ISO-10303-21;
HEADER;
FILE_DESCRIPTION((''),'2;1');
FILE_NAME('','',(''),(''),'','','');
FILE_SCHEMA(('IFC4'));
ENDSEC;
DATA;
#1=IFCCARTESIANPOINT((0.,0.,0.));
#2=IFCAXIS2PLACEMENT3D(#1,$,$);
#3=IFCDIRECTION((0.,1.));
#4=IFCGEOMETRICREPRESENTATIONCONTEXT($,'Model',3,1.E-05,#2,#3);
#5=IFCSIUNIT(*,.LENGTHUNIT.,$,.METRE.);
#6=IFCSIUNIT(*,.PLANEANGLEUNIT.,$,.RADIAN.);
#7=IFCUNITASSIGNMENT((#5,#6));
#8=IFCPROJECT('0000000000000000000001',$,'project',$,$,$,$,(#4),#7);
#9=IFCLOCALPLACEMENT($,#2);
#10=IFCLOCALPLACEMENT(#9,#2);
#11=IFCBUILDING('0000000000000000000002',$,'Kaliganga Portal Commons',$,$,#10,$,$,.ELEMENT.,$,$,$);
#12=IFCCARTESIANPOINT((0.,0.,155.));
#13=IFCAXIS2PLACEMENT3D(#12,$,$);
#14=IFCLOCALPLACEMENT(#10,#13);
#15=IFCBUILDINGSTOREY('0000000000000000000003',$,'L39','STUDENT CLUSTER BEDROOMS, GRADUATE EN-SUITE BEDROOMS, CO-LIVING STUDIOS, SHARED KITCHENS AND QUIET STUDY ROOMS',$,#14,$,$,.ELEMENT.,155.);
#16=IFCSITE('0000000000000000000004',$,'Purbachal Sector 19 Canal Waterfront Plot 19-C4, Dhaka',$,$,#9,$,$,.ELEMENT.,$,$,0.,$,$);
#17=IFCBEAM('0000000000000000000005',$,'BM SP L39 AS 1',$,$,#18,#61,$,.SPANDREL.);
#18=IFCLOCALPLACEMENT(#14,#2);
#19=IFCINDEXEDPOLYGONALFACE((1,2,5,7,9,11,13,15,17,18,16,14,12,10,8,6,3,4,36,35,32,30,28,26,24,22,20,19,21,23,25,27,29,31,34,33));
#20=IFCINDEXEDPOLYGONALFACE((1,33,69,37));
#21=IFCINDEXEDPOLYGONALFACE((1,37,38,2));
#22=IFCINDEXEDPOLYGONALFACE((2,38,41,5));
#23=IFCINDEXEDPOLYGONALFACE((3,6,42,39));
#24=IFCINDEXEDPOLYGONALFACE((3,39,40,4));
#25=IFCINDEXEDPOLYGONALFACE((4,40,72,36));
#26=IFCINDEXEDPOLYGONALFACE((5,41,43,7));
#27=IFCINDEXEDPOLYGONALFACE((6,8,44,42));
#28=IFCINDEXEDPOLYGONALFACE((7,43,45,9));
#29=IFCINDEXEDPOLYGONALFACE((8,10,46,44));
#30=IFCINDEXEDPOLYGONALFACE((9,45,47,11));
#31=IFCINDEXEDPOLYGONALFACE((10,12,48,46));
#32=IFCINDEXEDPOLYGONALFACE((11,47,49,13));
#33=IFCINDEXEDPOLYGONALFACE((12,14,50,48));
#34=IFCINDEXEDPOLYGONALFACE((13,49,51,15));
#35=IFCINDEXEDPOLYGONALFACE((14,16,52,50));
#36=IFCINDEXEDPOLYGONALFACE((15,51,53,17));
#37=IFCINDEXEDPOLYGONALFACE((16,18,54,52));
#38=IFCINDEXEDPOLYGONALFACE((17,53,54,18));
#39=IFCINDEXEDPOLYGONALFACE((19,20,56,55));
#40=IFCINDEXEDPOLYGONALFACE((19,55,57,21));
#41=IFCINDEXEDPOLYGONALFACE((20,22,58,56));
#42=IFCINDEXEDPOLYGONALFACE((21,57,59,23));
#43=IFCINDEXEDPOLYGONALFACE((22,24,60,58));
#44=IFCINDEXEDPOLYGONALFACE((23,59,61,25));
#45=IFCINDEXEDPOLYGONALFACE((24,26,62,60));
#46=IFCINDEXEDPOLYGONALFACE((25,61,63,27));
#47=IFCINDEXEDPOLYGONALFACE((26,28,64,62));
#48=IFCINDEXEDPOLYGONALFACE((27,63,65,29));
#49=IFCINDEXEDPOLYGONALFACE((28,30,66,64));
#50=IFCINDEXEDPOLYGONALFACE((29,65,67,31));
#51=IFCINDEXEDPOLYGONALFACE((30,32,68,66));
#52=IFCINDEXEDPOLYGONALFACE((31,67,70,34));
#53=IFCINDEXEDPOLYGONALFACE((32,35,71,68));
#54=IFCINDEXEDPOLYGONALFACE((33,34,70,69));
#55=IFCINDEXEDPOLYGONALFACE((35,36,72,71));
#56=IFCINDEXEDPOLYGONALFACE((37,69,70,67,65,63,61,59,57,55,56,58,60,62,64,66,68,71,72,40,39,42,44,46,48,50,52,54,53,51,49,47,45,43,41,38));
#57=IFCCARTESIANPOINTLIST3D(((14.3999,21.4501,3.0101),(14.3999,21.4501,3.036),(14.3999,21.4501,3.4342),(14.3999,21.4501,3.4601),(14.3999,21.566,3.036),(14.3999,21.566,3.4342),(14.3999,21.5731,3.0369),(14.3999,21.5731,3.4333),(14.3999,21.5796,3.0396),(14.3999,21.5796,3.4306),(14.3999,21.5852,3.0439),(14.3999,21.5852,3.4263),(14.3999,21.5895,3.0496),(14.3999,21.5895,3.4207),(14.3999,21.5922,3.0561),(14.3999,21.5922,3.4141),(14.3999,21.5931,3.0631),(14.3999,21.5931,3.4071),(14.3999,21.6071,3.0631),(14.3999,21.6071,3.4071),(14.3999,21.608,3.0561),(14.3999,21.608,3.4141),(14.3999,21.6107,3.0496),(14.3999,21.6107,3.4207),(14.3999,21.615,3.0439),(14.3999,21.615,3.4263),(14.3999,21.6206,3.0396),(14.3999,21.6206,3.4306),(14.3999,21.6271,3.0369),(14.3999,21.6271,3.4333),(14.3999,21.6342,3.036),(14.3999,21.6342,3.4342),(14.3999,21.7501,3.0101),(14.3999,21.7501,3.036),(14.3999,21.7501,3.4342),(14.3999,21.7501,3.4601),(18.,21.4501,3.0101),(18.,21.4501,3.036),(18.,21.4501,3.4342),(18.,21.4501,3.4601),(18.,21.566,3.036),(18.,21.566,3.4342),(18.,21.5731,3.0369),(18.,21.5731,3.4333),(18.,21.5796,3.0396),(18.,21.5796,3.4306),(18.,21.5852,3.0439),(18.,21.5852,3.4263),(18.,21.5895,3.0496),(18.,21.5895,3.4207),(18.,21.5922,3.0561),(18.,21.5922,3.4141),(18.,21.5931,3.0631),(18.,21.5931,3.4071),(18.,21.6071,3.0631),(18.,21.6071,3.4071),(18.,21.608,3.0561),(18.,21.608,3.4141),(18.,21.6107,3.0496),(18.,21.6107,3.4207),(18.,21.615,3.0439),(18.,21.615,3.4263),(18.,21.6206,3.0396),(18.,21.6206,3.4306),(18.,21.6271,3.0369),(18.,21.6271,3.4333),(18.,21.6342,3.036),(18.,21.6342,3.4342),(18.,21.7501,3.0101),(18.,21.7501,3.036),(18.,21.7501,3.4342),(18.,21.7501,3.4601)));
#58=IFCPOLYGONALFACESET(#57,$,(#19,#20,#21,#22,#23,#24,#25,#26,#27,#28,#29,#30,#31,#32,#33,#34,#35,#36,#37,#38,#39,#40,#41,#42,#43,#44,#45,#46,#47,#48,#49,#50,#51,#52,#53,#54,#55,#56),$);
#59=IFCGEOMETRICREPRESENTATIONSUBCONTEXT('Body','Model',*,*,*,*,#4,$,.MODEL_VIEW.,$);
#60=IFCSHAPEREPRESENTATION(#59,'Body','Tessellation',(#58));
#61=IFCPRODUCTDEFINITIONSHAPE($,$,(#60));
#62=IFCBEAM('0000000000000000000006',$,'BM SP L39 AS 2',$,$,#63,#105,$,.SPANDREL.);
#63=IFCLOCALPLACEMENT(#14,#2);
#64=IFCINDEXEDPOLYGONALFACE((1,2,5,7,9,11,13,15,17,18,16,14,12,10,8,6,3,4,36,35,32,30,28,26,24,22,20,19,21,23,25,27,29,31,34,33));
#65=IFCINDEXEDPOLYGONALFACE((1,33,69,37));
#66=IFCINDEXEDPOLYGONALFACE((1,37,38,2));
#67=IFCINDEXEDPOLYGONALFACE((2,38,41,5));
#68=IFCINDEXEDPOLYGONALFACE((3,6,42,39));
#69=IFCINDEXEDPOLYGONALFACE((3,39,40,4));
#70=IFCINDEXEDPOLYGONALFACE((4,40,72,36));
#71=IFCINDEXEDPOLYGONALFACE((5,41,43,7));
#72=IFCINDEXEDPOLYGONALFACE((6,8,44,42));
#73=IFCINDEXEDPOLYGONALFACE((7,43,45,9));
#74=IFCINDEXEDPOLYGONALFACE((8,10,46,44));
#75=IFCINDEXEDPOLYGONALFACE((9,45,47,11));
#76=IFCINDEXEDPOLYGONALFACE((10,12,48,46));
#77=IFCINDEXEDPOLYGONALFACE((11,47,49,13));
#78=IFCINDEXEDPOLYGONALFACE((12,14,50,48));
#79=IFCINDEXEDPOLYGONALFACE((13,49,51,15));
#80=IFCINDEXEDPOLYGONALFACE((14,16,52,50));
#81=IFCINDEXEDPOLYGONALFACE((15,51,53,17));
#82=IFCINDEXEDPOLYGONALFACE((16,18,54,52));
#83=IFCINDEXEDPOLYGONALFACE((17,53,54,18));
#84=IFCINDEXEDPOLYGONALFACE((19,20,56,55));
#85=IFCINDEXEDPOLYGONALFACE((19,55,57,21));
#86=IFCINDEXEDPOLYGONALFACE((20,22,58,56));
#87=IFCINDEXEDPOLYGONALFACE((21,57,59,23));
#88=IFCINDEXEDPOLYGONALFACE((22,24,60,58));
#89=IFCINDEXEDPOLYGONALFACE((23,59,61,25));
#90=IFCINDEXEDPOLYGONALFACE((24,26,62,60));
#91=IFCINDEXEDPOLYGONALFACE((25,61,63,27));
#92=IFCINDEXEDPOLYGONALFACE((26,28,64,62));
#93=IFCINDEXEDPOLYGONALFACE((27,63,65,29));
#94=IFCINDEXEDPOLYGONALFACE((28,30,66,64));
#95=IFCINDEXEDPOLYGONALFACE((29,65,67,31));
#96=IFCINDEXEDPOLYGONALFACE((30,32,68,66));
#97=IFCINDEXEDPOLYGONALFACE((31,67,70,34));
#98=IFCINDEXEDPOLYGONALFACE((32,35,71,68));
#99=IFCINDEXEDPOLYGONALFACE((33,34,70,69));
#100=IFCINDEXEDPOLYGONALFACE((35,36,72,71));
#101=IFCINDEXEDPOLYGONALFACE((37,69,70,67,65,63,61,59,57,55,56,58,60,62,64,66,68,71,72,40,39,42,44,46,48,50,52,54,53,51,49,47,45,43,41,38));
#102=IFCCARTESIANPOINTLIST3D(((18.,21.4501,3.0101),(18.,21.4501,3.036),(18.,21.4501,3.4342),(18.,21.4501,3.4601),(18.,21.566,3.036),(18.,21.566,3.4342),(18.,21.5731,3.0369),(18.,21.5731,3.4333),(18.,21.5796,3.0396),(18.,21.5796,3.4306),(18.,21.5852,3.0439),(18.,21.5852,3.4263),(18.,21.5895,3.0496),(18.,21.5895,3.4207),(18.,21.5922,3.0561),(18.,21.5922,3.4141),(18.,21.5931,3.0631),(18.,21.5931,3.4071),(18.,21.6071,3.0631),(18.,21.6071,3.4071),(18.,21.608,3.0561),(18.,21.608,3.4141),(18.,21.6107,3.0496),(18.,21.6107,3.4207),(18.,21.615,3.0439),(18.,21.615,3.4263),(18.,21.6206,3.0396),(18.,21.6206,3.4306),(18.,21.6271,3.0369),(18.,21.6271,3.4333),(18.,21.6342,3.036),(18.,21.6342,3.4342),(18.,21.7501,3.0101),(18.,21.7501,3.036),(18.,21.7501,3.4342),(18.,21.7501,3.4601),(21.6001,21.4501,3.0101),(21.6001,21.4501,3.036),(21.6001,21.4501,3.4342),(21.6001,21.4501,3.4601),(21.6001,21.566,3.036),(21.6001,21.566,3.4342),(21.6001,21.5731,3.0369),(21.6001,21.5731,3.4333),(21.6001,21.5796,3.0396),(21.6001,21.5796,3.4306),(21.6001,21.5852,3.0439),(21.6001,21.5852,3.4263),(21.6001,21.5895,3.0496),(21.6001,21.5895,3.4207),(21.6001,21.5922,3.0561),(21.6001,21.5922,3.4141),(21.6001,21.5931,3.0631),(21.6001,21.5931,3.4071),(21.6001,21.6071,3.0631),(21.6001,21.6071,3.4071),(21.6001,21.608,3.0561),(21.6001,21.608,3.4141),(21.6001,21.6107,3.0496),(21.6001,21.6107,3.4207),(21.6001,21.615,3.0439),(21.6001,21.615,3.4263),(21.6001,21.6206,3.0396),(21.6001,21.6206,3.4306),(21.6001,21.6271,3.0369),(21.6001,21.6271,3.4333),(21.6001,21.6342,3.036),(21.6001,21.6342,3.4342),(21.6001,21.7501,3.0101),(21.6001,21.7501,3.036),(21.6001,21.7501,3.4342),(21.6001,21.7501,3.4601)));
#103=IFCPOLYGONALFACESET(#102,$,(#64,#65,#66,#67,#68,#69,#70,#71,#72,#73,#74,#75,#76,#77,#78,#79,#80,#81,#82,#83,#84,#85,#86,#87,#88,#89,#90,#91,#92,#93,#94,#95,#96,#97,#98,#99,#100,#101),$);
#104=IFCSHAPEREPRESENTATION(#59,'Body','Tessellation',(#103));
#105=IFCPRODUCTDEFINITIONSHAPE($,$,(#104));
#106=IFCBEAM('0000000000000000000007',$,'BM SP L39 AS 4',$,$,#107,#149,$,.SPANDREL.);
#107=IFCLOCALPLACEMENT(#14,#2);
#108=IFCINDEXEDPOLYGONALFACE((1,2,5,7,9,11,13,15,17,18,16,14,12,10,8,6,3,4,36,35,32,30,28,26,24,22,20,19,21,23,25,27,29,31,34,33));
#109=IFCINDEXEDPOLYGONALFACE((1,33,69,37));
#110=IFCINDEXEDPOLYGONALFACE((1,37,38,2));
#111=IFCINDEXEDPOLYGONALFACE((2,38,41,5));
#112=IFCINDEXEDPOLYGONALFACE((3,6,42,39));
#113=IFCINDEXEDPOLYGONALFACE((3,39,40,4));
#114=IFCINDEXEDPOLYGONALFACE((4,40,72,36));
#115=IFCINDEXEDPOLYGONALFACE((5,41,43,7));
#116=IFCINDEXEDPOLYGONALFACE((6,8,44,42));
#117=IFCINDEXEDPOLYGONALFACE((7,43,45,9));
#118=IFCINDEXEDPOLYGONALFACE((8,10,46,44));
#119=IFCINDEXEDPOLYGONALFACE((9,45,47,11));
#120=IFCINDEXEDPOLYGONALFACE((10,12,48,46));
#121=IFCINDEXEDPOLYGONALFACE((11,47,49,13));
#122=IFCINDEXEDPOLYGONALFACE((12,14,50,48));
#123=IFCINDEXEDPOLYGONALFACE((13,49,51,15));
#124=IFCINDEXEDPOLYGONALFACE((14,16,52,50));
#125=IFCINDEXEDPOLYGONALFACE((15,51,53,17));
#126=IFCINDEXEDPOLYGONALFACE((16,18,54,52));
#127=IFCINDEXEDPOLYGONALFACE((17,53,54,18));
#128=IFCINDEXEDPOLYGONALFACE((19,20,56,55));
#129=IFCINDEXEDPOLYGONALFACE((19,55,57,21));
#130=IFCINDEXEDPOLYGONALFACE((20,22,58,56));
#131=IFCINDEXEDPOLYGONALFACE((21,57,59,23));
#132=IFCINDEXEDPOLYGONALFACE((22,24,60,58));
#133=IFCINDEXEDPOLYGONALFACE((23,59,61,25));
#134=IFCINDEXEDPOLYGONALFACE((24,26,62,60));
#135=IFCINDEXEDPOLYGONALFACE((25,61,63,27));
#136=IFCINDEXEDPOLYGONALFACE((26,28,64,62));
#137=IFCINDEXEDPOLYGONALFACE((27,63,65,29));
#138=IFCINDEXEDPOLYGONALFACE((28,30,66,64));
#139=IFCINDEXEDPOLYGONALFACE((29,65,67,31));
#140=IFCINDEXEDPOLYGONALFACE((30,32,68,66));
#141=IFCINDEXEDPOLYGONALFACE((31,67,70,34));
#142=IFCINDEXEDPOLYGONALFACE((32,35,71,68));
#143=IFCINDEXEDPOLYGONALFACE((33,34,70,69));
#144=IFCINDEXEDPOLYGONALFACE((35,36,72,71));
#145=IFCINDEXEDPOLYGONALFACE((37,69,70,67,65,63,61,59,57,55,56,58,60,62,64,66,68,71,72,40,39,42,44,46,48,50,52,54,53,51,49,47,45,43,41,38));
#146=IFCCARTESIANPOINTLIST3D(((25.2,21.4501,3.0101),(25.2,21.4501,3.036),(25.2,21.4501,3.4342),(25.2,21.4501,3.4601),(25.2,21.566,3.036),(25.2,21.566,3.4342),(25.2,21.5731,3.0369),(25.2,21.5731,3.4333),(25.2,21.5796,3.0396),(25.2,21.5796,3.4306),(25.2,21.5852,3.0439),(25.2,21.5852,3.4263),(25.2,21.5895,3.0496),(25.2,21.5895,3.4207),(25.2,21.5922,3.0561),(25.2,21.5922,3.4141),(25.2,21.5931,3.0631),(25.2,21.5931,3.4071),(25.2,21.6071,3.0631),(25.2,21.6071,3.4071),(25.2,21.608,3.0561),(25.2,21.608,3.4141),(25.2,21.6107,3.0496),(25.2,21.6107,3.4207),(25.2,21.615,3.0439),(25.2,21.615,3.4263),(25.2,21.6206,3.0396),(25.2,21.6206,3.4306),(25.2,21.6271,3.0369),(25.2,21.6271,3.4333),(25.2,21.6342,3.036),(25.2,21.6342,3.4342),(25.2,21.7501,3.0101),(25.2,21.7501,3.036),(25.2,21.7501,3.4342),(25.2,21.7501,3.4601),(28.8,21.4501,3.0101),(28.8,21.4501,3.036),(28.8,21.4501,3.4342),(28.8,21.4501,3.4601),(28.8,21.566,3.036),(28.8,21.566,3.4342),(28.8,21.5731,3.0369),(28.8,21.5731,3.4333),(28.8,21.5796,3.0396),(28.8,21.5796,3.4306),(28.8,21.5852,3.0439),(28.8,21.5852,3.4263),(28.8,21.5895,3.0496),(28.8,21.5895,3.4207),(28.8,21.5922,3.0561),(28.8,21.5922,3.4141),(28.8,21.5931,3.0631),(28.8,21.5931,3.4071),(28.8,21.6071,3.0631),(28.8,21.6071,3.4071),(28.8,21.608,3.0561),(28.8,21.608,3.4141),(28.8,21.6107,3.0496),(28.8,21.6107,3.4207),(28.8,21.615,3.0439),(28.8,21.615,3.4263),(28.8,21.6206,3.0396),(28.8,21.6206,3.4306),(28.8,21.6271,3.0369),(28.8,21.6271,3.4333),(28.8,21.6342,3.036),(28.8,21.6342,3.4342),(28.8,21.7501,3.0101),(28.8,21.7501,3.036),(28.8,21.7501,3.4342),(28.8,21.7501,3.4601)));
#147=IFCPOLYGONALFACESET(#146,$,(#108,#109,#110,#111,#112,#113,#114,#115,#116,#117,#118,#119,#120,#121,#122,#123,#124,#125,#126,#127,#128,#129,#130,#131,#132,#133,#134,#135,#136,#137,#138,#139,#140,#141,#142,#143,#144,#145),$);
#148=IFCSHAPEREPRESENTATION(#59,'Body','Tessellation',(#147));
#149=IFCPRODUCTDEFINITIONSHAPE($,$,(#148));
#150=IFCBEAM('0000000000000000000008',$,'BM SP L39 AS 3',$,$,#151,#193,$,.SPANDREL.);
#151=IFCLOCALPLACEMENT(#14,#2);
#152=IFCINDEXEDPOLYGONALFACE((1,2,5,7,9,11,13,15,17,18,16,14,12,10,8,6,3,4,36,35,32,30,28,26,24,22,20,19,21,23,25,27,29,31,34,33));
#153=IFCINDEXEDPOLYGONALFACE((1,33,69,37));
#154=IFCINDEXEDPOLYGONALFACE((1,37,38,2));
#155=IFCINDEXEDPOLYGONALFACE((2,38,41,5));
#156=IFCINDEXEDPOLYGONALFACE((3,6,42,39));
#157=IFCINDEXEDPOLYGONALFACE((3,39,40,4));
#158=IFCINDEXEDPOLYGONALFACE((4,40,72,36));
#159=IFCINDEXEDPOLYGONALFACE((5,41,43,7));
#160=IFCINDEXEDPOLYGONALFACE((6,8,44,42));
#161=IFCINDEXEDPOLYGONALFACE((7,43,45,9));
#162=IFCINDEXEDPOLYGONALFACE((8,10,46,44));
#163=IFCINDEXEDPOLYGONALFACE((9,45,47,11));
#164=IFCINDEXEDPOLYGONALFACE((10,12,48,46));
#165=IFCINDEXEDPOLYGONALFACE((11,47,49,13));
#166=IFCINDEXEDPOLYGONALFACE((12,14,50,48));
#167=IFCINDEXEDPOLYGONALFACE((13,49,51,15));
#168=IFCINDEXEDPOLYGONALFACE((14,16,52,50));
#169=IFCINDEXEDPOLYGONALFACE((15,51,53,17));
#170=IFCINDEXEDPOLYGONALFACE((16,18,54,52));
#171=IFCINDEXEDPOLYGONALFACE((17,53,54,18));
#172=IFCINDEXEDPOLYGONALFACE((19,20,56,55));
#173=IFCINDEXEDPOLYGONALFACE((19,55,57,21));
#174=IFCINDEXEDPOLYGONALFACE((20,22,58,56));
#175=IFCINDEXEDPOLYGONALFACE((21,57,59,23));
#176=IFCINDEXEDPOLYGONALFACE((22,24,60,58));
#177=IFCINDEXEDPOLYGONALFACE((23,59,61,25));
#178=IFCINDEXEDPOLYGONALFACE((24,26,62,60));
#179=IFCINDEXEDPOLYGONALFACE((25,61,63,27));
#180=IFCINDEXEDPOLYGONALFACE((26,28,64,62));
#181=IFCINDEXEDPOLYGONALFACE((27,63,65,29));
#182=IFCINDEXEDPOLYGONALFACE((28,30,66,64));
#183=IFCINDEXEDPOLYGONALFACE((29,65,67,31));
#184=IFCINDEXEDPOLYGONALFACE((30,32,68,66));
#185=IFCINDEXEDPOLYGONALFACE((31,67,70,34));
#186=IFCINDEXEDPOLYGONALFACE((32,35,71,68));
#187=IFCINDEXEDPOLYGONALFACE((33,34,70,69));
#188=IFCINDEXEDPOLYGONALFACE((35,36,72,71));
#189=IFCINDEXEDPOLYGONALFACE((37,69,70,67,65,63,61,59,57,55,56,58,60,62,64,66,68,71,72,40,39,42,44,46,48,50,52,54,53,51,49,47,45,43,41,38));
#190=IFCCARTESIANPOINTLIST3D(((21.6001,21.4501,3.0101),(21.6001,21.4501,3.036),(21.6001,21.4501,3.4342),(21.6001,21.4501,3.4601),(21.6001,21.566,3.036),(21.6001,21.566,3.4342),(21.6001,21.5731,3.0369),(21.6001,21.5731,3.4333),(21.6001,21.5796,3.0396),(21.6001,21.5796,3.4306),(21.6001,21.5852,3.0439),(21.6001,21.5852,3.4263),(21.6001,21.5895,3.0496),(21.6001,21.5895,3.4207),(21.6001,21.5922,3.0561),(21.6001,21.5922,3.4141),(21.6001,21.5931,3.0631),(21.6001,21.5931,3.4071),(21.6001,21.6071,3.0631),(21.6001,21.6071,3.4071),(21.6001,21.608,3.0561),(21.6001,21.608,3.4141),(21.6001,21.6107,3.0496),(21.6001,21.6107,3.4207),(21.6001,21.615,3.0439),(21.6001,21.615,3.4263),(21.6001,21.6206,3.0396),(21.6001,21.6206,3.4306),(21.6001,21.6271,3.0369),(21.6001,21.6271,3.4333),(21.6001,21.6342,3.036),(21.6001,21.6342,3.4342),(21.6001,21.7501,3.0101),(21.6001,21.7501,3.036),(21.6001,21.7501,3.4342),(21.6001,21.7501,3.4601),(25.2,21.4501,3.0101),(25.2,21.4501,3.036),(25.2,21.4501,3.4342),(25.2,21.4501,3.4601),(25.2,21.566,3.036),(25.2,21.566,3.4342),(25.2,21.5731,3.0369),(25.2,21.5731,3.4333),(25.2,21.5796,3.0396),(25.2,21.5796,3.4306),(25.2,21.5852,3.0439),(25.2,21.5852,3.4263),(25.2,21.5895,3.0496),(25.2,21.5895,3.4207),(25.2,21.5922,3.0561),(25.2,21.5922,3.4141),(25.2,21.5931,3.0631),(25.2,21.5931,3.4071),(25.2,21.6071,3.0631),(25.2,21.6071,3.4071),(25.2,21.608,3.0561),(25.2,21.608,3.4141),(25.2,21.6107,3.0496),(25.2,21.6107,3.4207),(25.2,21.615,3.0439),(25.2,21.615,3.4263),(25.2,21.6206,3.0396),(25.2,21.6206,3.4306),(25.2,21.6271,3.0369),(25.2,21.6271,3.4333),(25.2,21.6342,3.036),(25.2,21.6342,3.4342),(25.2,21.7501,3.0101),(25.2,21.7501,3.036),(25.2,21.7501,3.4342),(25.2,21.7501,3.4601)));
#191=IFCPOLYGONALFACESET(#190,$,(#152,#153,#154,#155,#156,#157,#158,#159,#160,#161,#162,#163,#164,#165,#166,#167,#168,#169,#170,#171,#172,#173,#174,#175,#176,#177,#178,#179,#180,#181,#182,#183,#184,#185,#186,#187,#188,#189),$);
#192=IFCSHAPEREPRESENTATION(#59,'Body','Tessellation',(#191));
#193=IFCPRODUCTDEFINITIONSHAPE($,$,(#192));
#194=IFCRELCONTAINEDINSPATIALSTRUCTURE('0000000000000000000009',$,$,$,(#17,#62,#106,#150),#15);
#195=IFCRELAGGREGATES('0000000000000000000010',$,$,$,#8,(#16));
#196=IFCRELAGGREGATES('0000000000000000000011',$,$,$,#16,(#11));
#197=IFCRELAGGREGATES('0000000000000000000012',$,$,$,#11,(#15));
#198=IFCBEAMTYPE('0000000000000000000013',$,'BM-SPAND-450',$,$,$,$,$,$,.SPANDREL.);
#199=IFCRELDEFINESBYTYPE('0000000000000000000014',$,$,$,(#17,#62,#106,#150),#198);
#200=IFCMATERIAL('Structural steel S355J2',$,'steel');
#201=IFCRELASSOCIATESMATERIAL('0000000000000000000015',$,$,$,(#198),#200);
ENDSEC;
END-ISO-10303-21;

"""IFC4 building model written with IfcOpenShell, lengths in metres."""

from ifc_helpers import new_model, si_unit, direction, frame, origin, origin_2d, place, context, subcontext, project, spatial, i_section, extrude, source, transform, mapped, material, material_profile, profile_set, type_object, element, save


model = new_model("IFC4")

# Units and contexts
model_context = context("Model", 3, precision=1e-05, world=origin(), true_north=direction((0.0, 1.0)))
body_context = subcontext(model_context, "Body", "Model", "MODEL_VIEW")
ifc_project = project(units=[si_unit("LENGTHUNIT", "METRE"), si_unit("PLANEANGLEUNIT", "RADIAN")], contexts=[model_context])

# Site, building, storey
site_placement = place(None, origin())
site = spatial("IfcSite", under=ifc_project, at=site_placement, Name="Purbachal Sector 19 Canal Waterfront Plot 19-C4, Dhaka", CompositionType="ELEMENT", RefElevation=0.0)
building_placement = place(site_placement, origin())
building = spatial("IfcBuilding", under=site, at=building_placement, Name="Kaliganga Portal Commons", CompositionType="ELEMENT")
storey_placement = place(building_placement, frame((0.0, 0.0, 155.0)))
storey = spatial("IfcBuildingStorey", under=building, at=storey_placement, Name="L39", Description="STUDENT CLUSTER BEDROOMS, GRADUATE EN-SUITE BEDROOMS, CO-LIVING STUDIOS, SHARED KITCHENS AND QUIET STUDY ROOMS", CompositionType="ELEMENT", Elevation=155.0)

# Beams
ifc_material_1 = material(Name="Structural steel S355J2", Category="steel")
ifc_material_profile_1 = material_profile(ifc_material_1, i_section(OverallWidth=0.3, OverallDepth=0.45, WebThickness=0.0139, FlangeThickness=0.0259, FilletRadius=0.0271, at=origin_2d()), Name="HE 450 B")
ifc_profile_set_1 = profile_set([ifc_material_profile_1], Name="Structural steel S355J2 wide-flange")
beam_type_1 = type_object("IfcBeamType", Name="BM-SPAND-450", PredefinedType="SPANDREL", material=ifc_profile_set_1)
shared_shape_1 = source(origin(), body_context, "Body", "SweptSolid", [
    extrude(i_section(OverallWidth=0.3, OverallDepth=0.45, WebThickness=0.0139, FlangeThickness=0.0259, FilletRadius=0.0271, at=origin_2d()), origin(), (0.0, 0.0, 1.0), 3.6001),
])
for number, where, z_axis, x_axis, name in (
    (1, (14.3999, 21.6001, 3.2351), (1.0, 0.0, 0.0), (0.0, 1.0, 0.0), "BM SP L39 AS 1"),
    (2, (18.0, 21.6001, 3.2351), (1.0, 0.0, 0.0), (0.0, 1.0, 0.0), "BM SP L39 AS 2"),
    (3, (25.2, 21.6001, 3.2351), (1.0, 0.0, 0.0), (0.0, 1.0, 0.0), "BM SP L39 AS 4"),
):
    element("IfcBeam", number, at=place(storey_placement, frame(where, z_axis=z_axis, x_axis=x_axis)), inside=storey, type_object=beam_type_1, Name=name, PredefinedType="SPANDREL", context=body_context, shape_type="MappedRepresentation", body=[
        mapped(shared_shape_1, transform((0.0, 0.0, 0.0), x_axis=(1.0, 0.0, 0.0), y_axis=(0.0, 1.0, 0.0), z_axis=(0.0, 0.0, 1.0), scale=1.0)),
    ])
shared_shape_2 = source(origin(), body_context, "Body", "SweptSolid", [
    extrude(i_section(OverallWidth=0.3, OverallDepth=0.45, WebThickness=0.0139, FlangeThickness=0.0259, FilletRadius=0.0271, at=origin_2d()), origin(), (0.0, 0.0, 1.0), 3.5999),
])
beam_1_placement = place(storey_placement, frame((21.6001, 21.6001, 3.2351), z_axis=(1.0, 0.0, 0.0), x_axis=(0.0, 1.0, 0.0)))
element("IfcBeam", 4, at=beam_1_placement, inside=storey, type_object=beam_type_1, Name="BM SP L39 AS 3", PredefinedType="SPANDREL", context=body_context, shape_type="MappedRepresentation", body=[
    mapped(shared_shape_2, transform((0.0, 0.0, 0.0), x_axis=(1.0, 0.0, 0.0), y_axis=(0.0, 1.0, 0.0), z_axis=(0.0, 0.0, 1.0), scale=1.0)),
])

save(model, "model.ifc")
